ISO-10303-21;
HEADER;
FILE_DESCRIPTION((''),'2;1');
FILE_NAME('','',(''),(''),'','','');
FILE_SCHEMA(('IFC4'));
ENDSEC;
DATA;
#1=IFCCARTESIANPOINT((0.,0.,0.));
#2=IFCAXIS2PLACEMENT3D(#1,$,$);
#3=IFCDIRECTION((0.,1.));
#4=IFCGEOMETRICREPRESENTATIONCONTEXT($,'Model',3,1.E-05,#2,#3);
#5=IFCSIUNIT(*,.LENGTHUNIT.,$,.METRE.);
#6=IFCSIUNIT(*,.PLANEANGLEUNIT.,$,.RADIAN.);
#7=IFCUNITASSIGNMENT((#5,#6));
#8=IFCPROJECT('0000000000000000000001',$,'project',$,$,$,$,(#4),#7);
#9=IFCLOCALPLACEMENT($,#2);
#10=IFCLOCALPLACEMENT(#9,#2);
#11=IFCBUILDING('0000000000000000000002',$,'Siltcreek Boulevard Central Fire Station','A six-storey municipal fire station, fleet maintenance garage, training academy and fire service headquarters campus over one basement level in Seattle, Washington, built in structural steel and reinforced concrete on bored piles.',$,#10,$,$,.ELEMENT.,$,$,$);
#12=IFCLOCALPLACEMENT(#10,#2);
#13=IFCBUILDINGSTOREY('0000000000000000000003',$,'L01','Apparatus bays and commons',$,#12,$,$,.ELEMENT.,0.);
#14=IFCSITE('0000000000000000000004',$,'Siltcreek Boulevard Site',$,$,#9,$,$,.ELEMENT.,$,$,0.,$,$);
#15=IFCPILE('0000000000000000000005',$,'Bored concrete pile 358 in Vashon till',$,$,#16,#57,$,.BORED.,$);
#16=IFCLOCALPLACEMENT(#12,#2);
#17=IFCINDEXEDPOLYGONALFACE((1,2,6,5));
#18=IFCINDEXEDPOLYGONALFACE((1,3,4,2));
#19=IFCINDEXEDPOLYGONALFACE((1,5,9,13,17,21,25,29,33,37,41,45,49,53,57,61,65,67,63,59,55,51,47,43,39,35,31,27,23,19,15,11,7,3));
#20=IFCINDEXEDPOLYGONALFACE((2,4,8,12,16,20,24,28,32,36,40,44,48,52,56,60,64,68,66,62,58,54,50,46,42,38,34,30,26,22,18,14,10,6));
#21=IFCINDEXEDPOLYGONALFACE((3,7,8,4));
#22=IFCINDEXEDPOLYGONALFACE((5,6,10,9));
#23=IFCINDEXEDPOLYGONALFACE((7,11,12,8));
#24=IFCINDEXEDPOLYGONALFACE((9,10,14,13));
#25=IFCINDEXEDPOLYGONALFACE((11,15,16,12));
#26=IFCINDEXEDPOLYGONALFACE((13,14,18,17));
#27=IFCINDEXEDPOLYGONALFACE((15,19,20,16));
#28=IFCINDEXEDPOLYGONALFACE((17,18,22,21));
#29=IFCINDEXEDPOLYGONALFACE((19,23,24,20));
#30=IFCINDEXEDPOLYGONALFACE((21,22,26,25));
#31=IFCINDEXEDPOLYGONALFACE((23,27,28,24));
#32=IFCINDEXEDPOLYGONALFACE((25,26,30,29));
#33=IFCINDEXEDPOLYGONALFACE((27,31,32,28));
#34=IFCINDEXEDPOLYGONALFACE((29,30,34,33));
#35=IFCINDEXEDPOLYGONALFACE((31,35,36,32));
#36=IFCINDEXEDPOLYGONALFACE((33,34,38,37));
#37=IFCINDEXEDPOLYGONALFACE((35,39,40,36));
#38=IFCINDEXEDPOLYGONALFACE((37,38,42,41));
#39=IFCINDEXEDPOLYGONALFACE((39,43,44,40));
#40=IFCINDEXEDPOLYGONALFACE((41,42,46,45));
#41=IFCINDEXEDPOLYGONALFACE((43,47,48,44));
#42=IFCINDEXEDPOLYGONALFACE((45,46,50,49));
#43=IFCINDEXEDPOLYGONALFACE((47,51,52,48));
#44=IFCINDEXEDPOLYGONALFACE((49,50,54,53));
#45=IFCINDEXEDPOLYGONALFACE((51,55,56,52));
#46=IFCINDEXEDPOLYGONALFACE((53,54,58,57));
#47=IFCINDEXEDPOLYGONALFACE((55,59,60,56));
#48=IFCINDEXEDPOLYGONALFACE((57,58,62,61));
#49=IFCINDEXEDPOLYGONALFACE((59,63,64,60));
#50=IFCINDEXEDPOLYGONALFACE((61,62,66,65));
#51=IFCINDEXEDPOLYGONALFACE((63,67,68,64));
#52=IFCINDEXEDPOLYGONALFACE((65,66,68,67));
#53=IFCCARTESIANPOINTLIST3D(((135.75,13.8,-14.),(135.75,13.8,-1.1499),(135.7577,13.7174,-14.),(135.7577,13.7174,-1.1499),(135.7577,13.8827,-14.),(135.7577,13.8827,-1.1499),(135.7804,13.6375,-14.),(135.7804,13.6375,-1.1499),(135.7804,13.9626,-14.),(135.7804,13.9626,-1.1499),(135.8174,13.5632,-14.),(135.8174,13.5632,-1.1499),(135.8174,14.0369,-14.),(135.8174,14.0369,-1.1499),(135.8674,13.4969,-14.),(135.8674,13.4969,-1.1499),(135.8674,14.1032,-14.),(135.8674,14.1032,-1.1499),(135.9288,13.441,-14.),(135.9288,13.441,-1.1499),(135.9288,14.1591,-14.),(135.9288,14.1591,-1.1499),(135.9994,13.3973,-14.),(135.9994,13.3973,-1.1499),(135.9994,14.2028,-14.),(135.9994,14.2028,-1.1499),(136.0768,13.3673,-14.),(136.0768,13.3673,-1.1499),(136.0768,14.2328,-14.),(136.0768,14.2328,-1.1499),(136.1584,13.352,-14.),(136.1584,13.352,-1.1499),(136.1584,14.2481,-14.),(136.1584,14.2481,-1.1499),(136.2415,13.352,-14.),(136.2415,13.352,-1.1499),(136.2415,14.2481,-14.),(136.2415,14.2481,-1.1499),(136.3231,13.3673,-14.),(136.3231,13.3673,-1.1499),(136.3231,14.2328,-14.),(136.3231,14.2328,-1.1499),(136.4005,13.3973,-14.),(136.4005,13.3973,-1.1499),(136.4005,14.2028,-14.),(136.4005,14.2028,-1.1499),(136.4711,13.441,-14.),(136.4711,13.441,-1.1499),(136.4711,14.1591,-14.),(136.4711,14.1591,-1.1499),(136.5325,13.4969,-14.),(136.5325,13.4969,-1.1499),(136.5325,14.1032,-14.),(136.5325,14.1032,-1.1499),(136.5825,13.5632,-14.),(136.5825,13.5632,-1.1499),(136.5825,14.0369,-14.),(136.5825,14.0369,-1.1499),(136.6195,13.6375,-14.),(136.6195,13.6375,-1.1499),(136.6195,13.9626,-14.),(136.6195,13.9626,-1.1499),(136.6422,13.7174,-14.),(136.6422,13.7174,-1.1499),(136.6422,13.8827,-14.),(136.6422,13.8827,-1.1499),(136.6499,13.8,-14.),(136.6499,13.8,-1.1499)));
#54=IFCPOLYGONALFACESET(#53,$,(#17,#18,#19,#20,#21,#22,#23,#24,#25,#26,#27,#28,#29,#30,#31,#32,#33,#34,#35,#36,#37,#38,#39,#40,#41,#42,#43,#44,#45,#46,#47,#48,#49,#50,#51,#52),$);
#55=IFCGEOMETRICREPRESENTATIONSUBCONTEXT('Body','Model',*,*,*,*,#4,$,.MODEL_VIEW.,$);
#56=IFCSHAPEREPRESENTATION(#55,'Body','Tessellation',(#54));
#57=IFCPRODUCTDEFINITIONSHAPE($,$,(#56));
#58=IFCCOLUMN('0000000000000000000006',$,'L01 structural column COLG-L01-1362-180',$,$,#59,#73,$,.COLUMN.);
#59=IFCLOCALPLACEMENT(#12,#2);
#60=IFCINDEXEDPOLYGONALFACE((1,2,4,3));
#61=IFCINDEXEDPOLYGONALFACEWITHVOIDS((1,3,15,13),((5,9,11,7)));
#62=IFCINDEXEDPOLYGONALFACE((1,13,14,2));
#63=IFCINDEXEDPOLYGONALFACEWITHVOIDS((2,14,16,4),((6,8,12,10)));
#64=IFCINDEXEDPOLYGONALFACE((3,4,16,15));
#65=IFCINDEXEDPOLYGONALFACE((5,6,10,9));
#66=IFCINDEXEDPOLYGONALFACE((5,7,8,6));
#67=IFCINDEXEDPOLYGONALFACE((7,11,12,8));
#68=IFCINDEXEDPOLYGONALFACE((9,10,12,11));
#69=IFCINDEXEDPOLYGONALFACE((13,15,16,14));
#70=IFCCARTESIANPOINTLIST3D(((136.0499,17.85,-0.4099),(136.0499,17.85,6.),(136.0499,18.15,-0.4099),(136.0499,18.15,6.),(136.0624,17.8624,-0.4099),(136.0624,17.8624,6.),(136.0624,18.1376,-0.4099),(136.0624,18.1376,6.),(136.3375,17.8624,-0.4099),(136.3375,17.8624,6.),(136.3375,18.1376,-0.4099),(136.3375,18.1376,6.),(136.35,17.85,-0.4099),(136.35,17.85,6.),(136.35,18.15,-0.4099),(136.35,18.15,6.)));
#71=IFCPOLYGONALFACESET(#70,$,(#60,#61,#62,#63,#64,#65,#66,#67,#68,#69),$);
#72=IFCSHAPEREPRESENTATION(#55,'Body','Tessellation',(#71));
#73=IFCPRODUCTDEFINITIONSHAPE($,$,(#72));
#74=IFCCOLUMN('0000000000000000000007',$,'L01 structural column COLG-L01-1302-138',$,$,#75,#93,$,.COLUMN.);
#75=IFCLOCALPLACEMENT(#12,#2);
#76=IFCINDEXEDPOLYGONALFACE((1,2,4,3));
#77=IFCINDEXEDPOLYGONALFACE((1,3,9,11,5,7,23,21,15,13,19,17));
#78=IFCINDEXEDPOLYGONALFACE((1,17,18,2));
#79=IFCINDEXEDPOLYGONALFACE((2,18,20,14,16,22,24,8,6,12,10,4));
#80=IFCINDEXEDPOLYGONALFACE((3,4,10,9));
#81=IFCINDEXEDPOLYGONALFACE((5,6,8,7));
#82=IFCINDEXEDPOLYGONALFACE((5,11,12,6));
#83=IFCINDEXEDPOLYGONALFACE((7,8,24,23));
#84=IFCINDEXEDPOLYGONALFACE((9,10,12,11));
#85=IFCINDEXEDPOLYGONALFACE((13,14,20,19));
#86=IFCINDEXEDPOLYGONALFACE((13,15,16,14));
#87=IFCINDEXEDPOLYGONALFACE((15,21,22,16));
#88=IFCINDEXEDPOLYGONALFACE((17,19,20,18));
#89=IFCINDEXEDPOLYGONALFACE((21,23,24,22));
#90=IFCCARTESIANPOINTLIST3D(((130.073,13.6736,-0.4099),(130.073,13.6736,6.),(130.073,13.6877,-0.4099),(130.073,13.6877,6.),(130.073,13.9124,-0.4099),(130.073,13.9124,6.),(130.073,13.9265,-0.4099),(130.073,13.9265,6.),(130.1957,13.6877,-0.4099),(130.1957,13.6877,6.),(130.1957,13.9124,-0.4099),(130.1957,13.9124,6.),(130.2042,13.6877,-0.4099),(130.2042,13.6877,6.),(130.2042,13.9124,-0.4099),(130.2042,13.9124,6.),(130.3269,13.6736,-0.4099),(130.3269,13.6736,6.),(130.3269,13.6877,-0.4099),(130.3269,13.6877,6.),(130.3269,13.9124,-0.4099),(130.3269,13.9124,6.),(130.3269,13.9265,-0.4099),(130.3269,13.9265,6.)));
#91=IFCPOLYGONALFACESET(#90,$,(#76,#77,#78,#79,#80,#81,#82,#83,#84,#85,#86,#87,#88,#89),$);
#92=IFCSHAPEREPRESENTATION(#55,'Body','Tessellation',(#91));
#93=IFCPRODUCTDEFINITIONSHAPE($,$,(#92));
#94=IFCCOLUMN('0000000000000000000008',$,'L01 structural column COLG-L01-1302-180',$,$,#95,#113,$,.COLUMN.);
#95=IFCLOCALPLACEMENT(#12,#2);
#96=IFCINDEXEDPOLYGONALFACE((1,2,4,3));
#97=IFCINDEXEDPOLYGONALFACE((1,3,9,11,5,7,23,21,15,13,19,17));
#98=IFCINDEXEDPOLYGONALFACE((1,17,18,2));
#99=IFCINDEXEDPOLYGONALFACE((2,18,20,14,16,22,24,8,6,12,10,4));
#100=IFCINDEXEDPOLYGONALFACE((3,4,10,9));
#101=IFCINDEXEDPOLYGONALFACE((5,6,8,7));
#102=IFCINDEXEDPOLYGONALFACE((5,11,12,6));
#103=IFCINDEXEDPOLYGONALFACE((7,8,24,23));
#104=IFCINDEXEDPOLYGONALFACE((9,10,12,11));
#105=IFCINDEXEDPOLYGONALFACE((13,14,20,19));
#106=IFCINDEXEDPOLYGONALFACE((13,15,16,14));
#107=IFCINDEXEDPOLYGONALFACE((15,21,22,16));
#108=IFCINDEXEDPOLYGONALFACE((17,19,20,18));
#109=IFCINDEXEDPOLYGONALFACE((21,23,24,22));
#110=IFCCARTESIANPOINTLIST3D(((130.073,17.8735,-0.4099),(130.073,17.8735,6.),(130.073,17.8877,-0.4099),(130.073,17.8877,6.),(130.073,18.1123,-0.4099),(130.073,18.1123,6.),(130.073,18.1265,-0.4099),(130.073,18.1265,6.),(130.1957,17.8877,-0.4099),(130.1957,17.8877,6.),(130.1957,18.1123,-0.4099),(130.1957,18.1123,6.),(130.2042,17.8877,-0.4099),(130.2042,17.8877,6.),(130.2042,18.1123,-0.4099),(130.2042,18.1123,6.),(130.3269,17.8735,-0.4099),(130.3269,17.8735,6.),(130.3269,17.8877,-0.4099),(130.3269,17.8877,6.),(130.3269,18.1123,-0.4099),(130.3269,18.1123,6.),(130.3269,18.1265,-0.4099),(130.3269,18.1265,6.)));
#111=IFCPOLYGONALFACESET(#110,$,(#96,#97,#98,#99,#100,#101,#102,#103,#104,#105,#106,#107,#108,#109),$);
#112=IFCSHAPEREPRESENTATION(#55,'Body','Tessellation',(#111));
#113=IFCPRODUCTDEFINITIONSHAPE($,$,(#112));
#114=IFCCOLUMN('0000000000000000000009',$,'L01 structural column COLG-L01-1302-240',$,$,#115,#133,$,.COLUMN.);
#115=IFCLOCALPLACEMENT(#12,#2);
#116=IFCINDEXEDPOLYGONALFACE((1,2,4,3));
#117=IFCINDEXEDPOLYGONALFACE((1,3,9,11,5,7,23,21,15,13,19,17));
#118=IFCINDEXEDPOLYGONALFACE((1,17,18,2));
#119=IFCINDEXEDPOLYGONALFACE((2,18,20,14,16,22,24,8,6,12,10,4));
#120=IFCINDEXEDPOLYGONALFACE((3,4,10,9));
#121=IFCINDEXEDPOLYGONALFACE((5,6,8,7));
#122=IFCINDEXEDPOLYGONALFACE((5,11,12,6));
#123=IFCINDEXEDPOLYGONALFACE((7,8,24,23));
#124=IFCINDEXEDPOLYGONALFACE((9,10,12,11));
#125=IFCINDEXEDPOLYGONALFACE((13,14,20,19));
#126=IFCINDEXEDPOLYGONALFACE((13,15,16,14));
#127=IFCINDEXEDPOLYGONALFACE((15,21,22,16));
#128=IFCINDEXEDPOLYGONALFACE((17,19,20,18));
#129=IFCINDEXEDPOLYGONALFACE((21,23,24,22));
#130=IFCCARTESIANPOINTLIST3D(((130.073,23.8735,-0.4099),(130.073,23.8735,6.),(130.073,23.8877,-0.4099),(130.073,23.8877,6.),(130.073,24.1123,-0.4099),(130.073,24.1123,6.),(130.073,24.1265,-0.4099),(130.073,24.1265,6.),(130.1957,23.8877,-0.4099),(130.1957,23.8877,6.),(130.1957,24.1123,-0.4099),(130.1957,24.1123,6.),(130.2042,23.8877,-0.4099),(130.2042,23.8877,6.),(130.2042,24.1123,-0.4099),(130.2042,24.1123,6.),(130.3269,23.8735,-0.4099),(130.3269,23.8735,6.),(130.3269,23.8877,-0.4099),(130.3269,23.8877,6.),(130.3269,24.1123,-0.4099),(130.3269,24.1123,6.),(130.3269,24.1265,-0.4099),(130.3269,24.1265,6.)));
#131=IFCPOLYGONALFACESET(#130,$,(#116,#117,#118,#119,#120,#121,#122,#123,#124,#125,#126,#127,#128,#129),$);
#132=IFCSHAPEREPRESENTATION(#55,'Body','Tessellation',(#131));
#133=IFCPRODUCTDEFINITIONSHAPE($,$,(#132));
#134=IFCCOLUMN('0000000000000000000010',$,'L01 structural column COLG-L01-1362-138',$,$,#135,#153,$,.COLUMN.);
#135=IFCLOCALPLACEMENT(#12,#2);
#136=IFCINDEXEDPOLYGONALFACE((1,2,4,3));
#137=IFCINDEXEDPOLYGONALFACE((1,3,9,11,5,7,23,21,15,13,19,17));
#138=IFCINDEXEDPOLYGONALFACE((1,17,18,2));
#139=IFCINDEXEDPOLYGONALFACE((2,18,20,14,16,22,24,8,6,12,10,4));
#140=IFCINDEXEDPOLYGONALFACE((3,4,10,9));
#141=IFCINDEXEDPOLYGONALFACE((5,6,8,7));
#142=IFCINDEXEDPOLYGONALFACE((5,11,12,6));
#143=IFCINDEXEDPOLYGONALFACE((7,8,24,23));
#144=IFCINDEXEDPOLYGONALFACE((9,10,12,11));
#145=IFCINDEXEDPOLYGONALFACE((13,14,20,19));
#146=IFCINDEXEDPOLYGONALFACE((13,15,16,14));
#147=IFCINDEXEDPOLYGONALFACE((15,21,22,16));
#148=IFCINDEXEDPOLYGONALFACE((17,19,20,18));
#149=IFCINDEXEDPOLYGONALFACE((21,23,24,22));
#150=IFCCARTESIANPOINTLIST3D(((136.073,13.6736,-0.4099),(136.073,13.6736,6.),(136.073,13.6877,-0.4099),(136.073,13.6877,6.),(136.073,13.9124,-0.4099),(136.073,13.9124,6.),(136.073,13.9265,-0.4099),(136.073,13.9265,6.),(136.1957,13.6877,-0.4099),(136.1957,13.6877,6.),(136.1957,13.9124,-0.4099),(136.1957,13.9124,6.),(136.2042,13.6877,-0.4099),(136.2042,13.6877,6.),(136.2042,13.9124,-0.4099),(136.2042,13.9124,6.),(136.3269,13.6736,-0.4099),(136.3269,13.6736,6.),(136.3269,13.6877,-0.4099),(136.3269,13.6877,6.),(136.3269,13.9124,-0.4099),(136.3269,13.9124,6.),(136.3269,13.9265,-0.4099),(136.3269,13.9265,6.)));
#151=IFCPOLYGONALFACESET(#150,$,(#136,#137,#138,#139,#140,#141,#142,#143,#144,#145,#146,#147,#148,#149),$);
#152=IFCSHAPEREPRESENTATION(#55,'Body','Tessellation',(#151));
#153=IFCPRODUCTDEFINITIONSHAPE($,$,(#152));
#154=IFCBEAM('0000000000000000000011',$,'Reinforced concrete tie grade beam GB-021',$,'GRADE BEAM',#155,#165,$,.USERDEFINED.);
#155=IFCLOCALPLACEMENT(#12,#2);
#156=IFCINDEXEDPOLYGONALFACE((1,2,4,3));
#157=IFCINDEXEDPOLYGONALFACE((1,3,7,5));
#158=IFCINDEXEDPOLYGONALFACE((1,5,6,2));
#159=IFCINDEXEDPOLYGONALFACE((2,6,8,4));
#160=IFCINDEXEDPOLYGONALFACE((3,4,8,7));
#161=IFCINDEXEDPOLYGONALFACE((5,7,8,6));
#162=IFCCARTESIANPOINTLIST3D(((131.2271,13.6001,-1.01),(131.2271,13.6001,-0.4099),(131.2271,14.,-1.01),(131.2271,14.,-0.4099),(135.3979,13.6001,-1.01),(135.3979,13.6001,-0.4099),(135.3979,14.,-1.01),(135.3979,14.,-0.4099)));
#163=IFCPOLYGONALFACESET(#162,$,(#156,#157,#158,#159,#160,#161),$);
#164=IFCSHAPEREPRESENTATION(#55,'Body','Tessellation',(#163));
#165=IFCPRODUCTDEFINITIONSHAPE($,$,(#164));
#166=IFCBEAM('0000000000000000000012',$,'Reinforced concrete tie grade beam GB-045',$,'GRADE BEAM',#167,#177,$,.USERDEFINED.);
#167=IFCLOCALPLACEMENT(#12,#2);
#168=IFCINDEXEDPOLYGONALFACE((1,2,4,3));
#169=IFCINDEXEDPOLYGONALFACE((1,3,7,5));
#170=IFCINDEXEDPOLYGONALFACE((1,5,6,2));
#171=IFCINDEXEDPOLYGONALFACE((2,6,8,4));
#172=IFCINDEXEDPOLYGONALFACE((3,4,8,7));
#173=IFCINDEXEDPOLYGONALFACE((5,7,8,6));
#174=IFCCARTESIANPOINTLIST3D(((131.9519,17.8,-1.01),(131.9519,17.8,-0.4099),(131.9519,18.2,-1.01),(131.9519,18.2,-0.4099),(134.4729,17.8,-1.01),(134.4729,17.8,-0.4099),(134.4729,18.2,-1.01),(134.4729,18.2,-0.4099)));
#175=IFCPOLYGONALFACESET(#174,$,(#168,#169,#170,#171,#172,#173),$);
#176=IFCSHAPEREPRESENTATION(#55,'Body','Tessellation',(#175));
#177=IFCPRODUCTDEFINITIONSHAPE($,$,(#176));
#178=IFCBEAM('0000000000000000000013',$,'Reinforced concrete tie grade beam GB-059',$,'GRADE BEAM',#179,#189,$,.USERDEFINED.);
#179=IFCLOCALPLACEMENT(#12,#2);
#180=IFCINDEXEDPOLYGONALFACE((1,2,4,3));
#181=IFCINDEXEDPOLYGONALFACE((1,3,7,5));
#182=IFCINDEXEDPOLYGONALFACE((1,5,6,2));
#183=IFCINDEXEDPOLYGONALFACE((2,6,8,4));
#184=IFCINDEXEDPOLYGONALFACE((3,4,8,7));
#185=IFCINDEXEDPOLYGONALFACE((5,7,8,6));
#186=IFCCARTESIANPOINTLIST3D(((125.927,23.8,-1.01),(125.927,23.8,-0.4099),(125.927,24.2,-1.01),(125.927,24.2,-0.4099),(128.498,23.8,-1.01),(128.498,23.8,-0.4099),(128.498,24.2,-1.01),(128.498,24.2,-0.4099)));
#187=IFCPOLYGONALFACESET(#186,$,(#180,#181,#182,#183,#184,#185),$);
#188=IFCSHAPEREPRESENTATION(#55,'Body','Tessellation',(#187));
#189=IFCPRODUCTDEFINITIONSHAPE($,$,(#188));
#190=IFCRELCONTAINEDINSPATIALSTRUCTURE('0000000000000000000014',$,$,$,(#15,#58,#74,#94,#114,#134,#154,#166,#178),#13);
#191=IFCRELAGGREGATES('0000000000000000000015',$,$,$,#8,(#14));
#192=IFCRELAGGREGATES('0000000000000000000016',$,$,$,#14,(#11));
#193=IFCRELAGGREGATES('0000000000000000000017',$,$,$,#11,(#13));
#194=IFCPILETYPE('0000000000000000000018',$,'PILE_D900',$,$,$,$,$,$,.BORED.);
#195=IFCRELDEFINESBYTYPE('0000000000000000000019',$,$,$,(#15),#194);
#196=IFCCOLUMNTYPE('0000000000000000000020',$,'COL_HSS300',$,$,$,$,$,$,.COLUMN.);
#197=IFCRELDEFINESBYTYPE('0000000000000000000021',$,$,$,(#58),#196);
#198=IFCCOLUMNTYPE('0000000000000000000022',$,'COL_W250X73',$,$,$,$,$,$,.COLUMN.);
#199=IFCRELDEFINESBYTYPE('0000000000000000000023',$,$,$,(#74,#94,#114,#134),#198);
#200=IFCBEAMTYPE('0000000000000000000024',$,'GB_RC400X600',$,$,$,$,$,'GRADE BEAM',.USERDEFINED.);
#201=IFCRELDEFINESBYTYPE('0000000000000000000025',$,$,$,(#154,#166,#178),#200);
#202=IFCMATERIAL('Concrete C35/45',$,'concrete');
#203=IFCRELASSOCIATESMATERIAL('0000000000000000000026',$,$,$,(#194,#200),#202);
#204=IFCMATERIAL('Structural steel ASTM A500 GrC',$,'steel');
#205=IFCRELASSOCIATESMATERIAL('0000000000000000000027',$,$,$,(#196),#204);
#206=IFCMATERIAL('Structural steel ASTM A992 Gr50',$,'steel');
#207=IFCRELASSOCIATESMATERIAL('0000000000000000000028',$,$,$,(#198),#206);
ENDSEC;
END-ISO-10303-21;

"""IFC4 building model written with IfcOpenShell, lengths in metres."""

from ifc_helpers import new_model, si_unit, direction, frame, origin, origin_2d, place, context, subcontext, project, spatial, rectangle, hollow_rectangle, circle, i_section, extrude, material, material_profile, profile_set, type_object, element, save


model = new_model("IFC4")

# Units and contexts
model_context = context("Model", 3, precision=1e-05, world=origin(), true_north=direction((0.0, 1.0)))
body_context = subcontext(model_context, "Body", "Model", "MODEL_VIEW")
ifc_project = project(units=[si_unit("LENGTHUNIT", "METRE"), si_unit("PLANEANGLEUNIT", "RADIAN")], contexts=[model_context])

# Site, building, storey
site_placement = place(None, origin())
site = spatial("IfcSite", under=ifc_project, at=site_placement, Name="Siltcreek Boulevard Site", CompositionType="ELEMENT", RefElevation=0.0)
building_placement = place(site_placement, origin())
building = spatial("IfcBuilding", under=site, at=building_placement, Name="Siltcreek Boulevard Central Fire Station", Description="A six-storey municipal fire station, fleet maintenance garage, training academy and fire service headquarters campus over one basement level in Seattle, Washington, built in structural steel and reinforced concrete on bored piles.", CompositionType="ELEMENT")
storey_placement = place(building_placement, origin())
storey = spatial("IfcBuildingStorey", under=building, at=storey_placement, Name="L01", Description="Apparatus bays and commons", CompositionType="ELEMENT", Elevation=0.0)

# Shared definitions
ifc_material_1 = material(Name="Concrete C35/45", Category="concrete")

# Pile
ifc_material_profile_1 = material_profile(ifc_material_1, circle(Radius=0.45, at=origin_2d()), Name="SHAFT900")
ifc_profile_set_1 = profile_set([ifc_material_profile_1], Name="Concrete C35/45")
pile_type_1 = type_object("IfcPileType", Name="PILE_D900", PredefinedType="BORED", material=ifc_profile_set_1)
pile_1_placement = place(storey_placement, frame((136.2, 13.8, -1.1499), z_axis=(0.0, 0.0, -1.0), x_axis=(1.0, 0.0, 0.0)))
element("IfcPile", 1, at=pile_1_placement, inside=storey, type_object=pile_type_1, Name="Bored concrete pile 358 in Vashon till", PredefinedType="BORED", context=body_context, shape_type="SweptSolid", body=[
    extrude(circle(Radius=0.45, at=origin_2d()), origin(), (0.0, 0.0, 1.0), 12.8501),
])

# Columns
ifc_material_2 = material(Name="Structural steel ASTM A500 GrC", Category="steel")
ifc_material_profile_2 = material_profile(ifc_material_2, hollow_rectangle(XDim=0.3, YDim=0.3, WallThickness=0.0125, at=origin_2d()), Name="HSS300X300X12.5")
ifc_profile_set_2 = profile_set([ifc_material_profile_2], Name="Structural steel ASTM A500 GrC")
column_type_1 = type_object("IfcColumnType", Name="COL_HSS300", PredefinedType="COLUMN", material=ifc_profile_set_2)
column_placement = place(storey_placement, frame((136.2, 18.0, -0.4099), z_axis=(0.0, 0.0, 1.0), x_axis=(1.0, 0.0, 0.0)))
element("IfcColumn", 2, at=column_placement, inside=storey, type_object=column_type_1, Name="L01 structural column COLG-L01-1362-180", PredefinedType="COLUMN", context=body_context, shape_type="SweptSolid", body=[
    extrude(hollow_rectangle(XDim=0.3, YDim=0.3, WallThickness=0.0125, at=origin_2d()), origin(), (0.0, 0.0, 1.0), 6.4099),
])
ifc_material_3 = material(Name="Structural steel ASTM A992 Gr50", Category="steel")
ifc_material_profile_3 = material_profile(ifc_material_3, i_section(OverallWidth=0.2539, OverallDepth=0.2529, WebThickness=0.0085, FlangeThickness=0.0142, at=origin_2d()), Name="W250X73")
ifc_profile_set_3 = profile_set([ifc_material_profile_3], Name="Structural steel ASTM A992 Gr50")
column_type_2 = type_object("IfcColumnType", Name="COL_W250X73", PredefinedType="COLUMN", material=ifc_profile_set_3)
for number, where, z_axis, x_axis, name in (
    (3, (130.2, 13.8, -0.4099), (0.0, 0.0, 1.0), (1.0, 0.0, 0.0), "L01 structural column COLG-L01-1302-138"),
    (4, (130.2, 18.0, -0.4099), (0.0, 0.0, 1.0), (1.0, 0.0, 0.0), "L01 structural column COLG-L01-1302-180"),
    (5, (130.2, 24.0, -0.4099), (0.0, 0.0, 1.0), (1.0, 0.0, 0.0), "L01 structural column COLG-L01-1302-240"),
    (6, (136.2, 13.8, -0.4099), (0.0, 0.0, 1.0), (1.0, 0.0, 0.0), "L01 structural column COLG-L01-1362-138"),
):
    element("IfcColumn", number, at=place(storey_placement, frame(where, z_axis=z_axis, x_axis=x_axis)), inside=storey, type_object=column_type_2, Name=name, PredefinedType="COLUMN", context=body_context, shape_type="SweptSolid", body=[
        extrude(i_section(OverallWidth=0.2539, OverallDepth=0.2529, WebThickness=0.0085, FlangeThickness=0.0142, at=origin_2d()), origin(), (0.0, 0.0, 1.0), 6.4099),
    ])

# Beams
ifc_material_profile_4 = material_profile(ifc_material_1, rectangle(XDim=0.3999, YDim=0.6001, at=origin_2d()), Name="RC400X600")
ifc_profile_set_4 = profile_set([ifc_material_profile_4], Name="Concrete C35/45")
beam_type_1 = type_object("IfcBeamType", Name="GB_RC400X600", ElementType="GRADE BEAM", PredefinedType="USERDEFINED", material=ifc_profile_set_4)
beam_1_placement = place(storey_placement, frame((131.2271, 13.8, -0.71), z_axis=(1.0, 0.0, 0.0), x_axis=(0.0, 1.0, 0.0)))
element("IfcBeam", 7, at=beam_1_placement, inside=storey, type_object=beam_type_1, Name="Reinforced concrete tie grade beam GB-021", ObjectType="GRADE BEAM", PredefinedType="USERDEFINED", context=body_context, shape_type="SweptSolid", body=[
    extrude(rectangle(XDim=0.3999, YDim=0.6001, at=origin_2d()), origin(), (0.0, 0.0, 1.0), 4.1709),
])
beam_2_placement = place(storey_placement, frame((131.9519, 18.0, -0.71), z_axis=(1.0, 0.0, 0.0), x_axis=(0.0, 1.0, 0.0)))
element("IfcBeam", 8, at=beam_2_placement, inside=storey, type_object=beam_type_1, Name="Reinforced concrete tie grade beam GB-045", ObjectType="GRADE BEAM", PredefinedType="USERDEFINED", context=body_context, shape_type="SweptSolid", body=[
    extrude(rectangle(XDim=0.3999, YDim=0.6001, at=origin_2d()), origin(), (0.0, 0.0, 1.0), 2.521),
])
beam_3_placement = place(storey_placement, frame((125.927, 24.0, -0.71), z_axis=(1.0, 0.0, 0.0), x_axis=(0.0, 1.0, 0.0)))
element("IfcBeam", 9, at=beam_3_placement, inside=storey, type_object=beam_type_1, Name="Reinforced concrete tie grade beam GB-059", ObjectType="GRADE BEAM", PredefinedType="USERDEFINED", context=body_context, shape_type="SweptSolid", body=[
    extrude(rectangle(XDim=0.3999, YDim=0.6001, at=origin_2d()), origin(), (0.0, 0.0, 1.0), 2.571),
])

save(model, "model.ifc")
